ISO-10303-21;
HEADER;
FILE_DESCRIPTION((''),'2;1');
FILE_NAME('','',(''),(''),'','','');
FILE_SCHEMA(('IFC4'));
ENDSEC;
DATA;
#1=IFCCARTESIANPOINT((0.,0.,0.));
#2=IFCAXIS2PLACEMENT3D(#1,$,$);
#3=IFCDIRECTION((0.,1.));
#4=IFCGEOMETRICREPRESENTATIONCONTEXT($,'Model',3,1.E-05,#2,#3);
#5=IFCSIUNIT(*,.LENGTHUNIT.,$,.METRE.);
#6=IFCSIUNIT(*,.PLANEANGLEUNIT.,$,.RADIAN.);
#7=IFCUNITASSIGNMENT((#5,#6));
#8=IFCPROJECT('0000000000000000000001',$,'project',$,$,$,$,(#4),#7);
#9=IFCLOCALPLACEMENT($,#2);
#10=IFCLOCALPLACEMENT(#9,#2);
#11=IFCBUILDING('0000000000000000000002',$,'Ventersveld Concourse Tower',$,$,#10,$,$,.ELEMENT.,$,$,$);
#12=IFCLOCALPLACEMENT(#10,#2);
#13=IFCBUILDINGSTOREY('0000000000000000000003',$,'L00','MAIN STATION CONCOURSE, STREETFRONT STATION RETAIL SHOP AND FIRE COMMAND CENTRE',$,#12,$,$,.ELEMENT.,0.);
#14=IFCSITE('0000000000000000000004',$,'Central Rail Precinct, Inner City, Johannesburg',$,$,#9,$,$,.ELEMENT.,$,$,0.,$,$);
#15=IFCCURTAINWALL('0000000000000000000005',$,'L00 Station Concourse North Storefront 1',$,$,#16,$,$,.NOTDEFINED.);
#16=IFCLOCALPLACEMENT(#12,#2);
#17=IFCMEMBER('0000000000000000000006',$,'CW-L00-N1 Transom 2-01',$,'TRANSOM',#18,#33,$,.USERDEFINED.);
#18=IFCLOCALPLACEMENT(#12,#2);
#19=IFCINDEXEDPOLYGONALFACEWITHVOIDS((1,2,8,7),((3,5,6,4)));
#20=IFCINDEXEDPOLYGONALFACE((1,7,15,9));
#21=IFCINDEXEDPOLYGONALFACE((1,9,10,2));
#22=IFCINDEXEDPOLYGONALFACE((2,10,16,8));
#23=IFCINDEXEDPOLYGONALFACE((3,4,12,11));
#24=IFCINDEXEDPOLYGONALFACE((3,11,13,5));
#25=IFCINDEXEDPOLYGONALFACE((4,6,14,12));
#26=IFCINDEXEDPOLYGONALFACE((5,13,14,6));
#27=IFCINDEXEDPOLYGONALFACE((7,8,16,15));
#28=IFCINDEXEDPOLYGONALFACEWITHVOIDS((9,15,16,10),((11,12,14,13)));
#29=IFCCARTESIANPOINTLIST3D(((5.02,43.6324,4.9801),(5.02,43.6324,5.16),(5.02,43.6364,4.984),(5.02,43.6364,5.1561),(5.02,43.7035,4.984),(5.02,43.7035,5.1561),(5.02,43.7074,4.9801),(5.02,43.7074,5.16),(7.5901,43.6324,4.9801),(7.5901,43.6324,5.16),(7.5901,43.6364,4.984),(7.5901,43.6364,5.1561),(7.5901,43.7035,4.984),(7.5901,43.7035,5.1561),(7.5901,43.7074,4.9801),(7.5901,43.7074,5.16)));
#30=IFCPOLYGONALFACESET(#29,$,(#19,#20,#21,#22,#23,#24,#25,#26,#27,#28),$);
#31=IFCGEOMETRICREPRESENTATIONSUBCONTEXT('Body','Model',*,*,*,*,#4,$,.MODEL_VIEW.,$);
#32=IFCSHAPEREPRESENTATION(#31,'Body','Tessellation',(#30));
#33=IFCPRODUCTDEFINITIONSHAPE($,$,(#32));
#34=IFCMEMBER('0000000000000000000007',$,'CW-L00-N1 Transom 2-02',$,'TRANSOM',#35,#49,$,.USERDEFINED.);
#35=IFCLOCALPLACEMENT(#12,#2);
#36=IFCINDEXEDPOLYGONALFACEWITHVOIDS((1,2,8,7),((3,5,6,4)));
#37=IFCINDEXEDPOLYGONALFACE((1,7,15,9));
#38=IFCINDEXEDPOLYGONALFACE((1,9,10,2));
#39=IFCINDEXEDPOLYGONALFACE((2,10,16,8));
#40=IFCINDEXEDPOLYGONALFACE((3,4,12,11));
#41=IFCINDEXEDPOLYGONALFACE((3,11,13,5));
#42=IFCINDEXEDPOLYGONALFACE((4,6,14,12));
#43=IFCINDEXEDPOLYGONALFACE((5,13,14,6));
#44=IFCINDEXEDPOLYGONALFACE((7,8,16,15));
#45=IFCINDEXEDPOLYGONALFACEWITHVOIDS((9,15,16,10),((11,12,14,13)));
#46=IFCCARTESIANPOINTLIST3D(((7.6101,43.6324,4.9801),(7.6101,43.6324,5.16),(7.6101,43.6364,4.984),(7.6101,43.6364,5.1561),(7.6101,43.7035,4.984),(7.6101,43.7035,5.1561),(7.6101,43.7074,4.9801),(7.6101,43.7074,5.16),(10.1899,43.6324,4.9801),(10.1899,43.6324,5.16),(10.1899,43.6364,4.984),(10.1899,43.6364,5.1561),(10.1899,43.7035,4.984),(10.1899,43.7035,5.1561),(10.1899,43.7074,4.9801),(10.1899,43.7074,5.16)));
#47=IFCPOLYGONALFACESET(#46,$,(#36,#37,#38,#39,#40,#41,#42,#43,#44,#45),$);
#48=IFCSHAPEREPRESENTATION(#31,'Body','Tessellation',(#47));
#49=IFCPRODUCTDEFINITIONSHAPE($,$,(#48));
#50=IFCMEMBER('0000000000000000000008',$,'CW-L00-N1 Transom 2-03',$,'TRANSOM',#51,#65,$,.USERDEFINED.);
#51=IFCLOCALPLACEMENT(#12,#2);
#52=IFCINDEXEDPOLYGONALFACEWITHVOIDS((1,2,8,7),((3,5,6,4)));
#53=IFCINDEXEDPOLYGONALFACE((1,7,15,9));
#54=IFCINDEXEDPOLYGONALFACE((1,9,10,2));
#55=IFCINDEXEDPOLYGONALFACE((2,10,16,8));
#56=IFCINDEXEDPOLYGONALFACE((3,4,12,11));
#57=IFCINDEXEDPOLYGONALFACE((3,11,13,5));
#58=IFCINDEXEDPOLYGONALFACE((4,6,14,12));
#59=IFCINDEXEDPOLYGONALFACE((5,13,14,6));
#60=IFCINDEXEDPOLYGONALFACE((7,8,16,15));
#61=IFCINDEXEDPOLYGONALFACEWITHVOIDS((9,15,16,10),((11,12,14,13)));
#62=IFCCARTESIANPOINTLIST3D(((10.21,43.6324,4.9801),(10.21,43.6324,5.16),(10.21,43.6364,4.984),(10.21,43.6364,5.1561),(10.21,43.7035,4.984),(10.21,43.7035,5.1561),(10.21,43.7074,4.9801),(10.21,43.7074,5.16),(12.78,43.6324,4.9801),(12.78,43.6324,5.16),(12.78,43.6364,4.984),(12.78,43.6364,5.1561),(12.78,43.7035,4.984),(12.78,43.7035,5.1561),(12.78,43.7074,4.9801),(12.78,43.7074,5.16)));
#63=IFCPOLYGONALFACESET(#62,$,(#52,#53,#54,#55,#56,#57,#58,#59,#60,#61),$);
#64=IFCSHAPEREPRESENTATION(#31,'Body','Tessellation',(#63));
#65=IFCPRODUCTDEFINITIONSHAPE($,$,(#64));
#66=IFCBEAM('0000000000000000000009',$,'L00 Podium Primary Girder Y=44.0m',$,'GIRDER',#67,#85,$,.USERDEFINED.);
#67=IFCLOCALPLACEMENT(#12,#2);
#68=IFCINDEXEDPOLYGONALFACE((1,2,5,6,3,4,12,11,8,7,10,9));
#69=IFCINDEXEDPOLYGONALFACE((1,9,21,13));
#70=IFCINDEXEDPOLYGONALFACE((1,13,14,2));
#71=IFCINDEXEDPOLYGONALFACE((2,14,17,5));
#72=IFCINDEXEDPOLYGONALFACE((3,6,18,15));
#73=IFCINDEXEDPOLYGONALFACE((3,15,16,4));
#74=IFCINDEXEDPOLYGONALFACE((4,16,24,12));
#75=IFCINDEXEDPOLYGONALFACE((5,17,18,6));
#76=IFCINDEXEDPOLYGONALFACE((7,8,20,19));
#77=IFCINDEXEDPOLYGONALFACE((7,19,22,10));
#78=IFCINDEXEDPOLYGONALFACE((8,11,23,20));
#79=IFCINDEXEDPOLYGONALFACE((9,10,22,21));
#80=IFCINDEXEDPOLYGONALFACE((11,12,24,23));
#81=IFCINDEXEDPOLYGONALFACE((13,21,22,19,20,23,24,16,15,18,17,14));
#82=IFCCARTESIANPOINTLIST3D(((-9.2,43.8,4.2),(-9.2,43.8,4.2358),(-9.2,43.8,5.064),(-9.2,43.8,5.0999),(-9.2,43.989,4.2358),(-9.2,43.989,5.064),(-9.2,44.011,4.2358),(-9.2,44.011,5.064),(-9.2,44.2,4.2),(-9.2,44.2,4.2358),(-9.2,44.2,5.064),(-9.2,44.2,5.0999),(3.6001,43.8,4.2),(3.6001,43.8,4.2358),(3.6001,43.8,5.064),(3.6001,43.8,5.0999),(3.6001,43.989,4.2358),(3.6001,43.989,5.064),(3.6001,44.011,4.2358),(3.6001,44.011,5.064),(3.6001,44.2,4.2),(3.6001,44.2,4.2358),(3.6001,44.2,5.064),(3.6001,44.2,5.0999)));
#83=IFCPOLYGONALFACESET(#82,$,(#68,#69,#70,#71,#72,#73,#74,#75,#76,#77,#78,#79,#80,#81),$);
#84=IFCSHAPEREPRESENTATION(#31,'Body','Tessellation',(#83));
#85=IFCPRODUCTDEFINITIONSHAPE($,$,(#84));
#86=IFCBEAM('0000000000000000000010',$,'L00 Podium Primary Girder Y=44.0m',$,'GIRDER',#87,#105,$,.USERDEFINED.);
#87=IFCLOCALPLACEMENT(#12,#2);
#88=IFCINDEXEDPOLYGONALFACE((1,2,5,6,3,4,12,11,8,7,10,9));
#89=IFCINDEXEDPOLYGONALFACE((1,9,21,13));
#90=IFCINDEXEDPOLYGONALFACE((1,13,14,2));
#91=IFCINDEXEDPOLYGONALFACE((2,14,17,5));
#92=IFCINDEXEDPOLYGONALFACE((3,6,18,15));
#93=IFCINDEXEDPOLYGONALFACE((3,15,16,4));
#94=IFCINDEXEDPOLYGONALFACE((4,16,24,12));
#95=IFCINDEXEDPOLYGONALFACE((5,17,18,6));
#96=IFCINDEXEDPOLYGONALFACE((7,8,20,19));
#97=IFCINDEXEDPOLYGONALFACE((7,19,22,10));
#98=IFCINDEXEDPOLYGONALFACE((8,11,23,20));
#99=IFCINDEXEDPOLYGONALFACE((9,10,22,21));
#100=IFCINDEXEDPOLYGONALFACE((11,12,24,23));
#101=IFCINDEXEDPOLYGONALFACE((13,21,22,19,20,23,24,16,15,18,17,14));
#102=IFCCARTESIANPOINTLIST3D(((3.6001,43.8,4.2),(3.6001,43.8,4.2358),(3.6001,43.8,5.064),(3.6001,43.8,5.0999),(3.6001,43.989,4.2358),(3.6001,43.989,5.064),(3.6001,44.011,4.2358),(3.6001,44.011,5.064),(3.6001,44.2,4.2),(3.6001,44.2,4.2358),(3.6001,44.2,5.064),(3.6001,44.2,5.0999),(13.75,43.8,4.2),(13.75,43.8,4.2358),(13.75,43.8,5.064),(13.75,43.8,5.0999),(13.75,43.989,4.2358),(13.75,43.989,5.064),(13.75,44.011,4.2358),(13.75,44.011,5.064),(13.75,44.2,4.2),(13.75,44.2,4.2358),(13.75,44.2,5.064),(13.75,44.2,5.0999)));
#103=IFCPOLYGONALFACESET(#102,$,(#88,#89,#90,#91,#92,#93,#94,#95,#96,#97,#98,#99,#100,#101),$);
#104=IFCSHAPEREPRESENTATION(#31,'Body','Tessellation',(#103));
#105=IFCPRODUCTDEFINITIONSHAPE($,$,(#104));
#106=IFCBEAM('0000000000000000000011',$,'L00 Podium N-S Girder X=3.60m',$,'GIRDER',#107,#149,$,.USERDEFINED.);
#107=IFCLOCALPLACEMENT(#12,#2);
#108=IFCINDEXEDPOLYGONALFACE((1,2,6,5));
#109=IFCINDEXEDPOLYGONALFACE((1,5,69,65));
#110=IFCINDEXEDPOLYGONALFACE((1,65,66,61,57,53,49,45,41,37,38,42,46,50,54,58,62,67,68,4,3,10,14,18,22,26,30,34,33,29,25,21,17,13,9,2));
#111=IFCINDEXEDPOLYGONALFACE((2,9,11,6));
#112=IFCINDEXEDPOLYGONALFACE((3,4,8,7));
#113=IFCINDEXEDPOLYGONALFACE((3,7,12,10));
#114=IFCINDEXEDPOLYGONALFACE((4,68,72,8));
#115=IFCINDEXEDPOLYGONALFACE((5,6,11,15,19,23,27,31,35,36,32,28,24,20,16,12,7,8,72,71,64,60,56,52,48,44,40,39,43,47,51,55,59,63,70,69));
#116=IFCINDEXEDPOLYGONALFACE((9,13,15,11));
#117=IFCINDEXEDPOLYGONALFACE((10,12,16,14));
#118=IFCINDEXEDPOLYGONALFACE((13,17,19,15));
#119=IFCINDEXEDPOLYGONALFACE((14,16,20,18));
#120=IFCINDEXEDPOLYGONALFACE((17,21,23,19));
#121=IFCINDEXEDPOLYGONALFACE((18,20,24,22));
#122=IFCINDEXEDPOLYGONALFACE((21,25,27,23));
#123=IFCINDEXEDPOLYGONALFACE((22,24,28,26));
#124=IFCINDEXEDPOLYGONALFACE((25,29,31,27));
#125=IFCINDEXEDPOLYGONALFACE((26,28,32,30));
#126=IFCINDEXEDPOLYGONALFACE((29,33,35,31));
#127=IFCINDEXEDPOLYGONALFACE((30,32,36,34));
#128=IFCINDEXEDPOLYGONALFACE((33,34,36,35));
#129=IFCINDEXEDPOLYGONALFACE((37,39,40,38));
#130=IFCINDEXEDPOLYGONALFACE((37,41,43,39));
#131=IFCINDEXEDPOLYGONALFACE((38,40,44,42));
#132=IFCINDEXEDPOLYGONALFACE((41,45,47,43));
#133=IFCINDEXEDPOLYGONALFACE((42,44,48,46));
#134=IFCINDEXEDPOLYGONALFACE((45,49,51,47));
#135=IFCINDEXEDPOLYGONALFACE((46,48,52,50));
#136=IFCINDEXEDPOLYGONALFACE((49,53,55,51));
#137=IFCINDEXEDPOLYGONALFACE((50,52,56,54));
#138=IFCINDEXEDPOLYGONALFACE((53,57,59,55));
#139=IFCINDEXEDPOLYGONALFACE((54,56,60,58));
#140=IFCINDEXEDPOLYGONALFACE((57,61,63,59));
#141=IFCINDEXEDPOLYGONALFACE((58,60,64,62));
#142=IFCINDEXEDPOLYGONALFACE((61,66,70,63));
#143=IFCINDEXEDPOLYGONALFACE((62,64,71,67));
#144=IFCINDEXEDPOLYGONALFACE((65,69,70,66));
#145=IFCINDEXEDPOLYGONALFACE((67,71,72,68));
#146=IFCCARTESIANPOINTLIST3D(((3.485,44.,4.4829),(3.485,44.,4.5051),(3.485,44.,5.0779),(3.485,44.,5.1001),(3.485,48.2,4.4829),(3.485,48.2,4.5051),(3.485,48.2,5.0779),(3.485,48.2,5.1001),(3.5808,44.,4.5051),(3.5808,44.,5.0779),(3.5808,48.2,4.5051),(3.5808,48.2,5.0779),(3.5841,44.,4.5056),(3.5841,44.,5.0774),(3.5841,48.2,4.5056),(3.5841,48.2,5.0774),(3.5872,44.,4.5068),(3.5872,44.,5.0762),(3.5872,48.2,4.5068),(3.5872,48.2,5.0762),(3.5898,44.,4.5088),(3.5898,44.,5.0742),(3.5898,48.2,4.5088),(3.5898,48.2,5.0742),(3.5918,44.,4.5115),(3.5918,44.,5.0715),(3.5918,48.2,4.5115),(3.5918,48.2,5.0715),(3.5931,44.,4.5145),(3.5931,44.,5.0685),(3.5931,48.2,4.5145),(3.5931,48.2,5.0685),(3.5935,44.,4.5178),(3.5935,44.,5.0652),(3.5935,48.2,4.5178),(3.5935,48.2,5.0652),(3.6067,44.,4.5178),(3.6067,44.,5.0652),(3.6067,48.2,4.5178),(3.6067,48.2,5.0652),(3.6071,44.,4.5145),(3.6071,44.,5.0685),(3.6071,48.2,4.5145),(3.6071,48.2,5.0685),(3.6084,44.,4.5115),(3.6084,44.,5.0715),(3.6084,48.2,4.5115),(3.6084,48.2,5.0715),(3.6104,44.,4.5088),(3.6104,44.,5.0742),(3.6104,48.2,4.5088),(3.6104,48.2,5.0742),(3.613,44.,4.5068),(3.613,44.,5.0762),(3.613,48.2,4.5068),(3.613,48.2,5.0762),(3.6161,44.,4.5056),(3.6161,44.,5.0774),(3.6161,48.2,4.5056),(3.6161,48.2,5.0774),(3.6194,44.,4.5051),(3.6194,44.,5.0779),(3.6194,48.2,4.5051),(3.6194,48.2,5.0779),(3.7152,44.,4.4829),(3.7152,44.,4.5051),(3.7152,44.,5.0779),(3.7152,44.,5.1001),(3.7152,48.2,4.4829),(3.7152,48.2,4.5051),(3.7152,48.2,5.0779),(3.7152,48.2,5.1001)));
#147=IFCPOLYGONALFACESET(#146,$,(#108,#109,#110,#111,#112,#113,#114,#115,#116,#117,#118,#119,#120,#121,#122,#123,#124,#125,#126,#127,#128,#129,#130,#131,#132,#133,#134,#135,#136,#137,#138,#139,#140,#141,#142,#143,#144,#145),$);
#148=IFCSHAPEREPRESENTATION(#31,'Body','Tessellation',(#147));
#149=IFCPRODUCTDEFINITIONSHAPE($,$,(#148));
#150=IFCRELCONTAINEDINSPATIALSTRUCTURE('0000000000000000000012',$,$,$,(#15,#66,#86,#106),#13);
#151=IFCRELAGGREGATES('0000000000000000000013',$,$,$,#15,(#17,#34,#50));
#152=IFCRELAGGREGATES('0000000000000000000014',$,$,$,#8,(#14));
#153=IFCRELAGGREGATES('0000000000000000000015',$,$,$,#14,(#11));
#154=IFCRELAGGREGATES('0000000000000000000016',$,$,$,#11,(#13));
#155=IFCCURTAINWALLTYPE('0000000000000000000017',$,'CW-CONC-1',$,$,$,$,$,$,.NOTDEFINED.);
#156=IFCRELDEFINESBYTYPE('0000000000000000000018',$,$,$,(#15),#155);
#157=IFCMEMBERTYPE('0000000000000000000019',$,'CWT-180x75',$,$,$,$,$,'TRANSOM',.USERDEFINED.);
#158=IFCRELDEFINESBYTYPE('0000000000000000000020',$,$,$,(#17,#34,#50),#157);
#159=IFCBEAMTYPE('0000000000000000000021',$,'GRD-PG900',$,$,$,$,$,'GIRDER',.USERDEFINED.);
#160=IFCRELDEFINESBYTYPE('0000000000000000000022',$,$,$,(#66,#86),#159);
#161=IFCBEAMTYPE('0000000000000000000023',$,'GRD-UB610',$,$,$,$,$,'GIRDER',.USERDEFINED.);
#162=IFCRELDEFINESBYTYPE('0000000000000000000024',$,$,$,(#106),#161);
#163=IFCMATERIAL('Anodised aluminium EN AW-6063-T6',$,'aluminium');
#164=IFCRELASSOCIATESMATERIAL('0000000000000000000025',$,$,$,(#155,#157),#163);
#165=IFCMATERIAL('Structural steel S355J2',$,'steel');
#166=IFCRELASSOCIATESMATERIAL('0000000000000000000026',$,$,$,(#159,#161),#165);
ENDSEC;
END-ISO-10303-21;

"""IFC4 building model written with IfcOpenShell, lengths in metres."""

from ifc_helpers import new_model, si_unit, direction, frame, origin, origin_2d, place, context, subcontext, project, spatial, hollow_rectangle, i_section, extrude, material, material_profile, profile_set, type_object, element, aggregate, save


model = new_model("IFC4")

# Units and contexts
model_context = context("Model", 3, precision=1e-05, world=origin(), true_north=direction((0.0, 1.0)))
body_context = subcontext(model_context, "Body", "Model", "MODEL_VIEW")
ifc_project = project(units=[si_unit("LENGTHUNIT", "METRE"), si_unit("PLANEANGLEUNIT", "RADIAN")], contexts=[model_context])

# Site, building, storey
site_placement = place(None, origin())
site = spatial("IfcSite", under=ifc_project, at=site_placement, Name="Central Rail Precinct, Inner City, Johannesburg", CompositionType="ELEMENT", RefElevation=0.0)
building_placement = place(site_placement, origin())
building = spatial("IfcBuilding", under=site, at=building_placement, Name="Ventersveld Concourse Tower", CompositionType="ELEMENT")
storey_placement = place(building_placement, origin())
storey = spatial("IfcBuildingStorey", under=building, at=storey_placement, Name="L00", Description="MAIN STATION CONCOURSE, STREETFRONT STATION RETAIL SHOP AND FIRE COMMAND CENTRE", CompositionType="ELEMENT", Elevation=0.0)

# Curtain wall, members
ifc_material_1 = material(Name="Anodised aluminium EN AW-6063-T6", Category="aluminium")
curtain_wall_type = type_object("IfcCurtainWallType", Name="CW-CONC-1", PredefinedType="NOTDEFINED", material=ifc_material_1)
curtain_wall_placement = place(storey_placement, origin())
curtain_wall = element("IfcCurtainWall", 1, at=curtain_wall_placement, inside=storey, type_object=curtain_wall_type, Name="L00 Station Concourse North Storefront 1", PredefinedType="NOTDEFINED")
ifc_material_profile_1 = material_profile(ifc_material_1, hollow_rectangle(XDim=0.075, YDim=0.1799, WallThickness=0.0039, at=origin_2d()), Name="ALU 180x75x4")
ifc_profile_set_1 = profile_set([ifc_material_profile_1], Name="Anodised aluminium EN AW-6063-T6")
member_type_1 = type_object("IfcMemberType", Name="CWT-180x75", ElementType="TRANSOM", PredefinedType="USERDEFINED", material=ifc_profile_set_1)
member_1_placement = place(storey_placement, frame((5.02, 43.6699, 5.0701), z_axis=(1.0, 0.0, 0.0), x_axis=(0.0, 1.0, 0.0)))
member_1 = element("IfcMember", 2, at=member_1_placement, type_object=member_type_1, Name="CW-L00-N1 Transom 2-01", ObjectType="TRANSOM", PredefinedType="USERDEFINED", context=body_context, shape_type="SweptSolid", body=[
    extrude(hollow_rectangle(XDim=0.075, YDim=0.1799, WallThickness=0.0039, at=origin_2d()), origin(), (0.0, 0.0, 1.0), 2.5701),
])
member_2_placement = place(storey_placement, frame((7.6101, 43.6699, 5.0701), z_axis=(1.0, 0.0, 0.0), x_axis=(0.0, 1.0, 0.0)))
member_2 = element("IfcMember", 3, at=member_2_placement, type_object=member_type_1, Name="CW-L00-N1 Transom 2-02", ObjectType="TRANSOM", PredefinedType="USERDEFINED", context=body_context, shape_type="SweptSolid", body=[
    extrude(hollow_rectangle(XDim=0.075, YDim=0.1799, WallThickness=0.0039, at=origin_2d()), origin(), (0.0, 0.0, 1.0), 2.5798),
])
member_3_placement = place(storey_placement, frame((10.21, 43.6699, 5.0701), z_axis=(1.0, 0.0, 0.0), x_axis=(0.0, 1.0, 0.0)))
member_3 = element("IfcMember", 4, at=member_3_placement, type_object=member_type_1, Name="CW-L00-N1 Transom 2-03", ObjectType="TRANSOM", PredefinedType="USERDEFINED", context=body_context, shape_type="SweptSolid", body=[
    extrude(hollow_rectangle(XDim=0.075, YDim=0.1799, WallThickness=0.0039, at=origin_2d()), origin(), (0.0, 0.0, 1.0), 2.5701),
])

# Beams
ifc_material_2 = material(Name="Structural steel S355J2", Category="steel")
ifc_material_profile_2 = material_profile(ifc_material_2, i_section(OverallWidth=0.3999, OverallDepth=0.8999, WebThickness=0.022, FlangeThickness=0.0359, at=origin_2d()), Name="PG 900x400x36")
ifc_profile_set_2 = profile_set([ifc_material_profile_2], Name="Structural steel S355J2")
beam_type_1 = type_object("IfcBeamType", Name="GRD-PG900", ElementType="GIRDER", PredefinedType="USERDEFINED", material=ifc_profile_set_2)
beam_1_placement = place(storey_placement, frame((-9.2, 44.0, 4.6499), z_axis=(1.0, 0.0, 0.0), x_axis=(0.0, 1.0, 0.0)))
element("IfcBeam", 5, at=beam_1_placement, inside=storey, type_object=beam_type_1, Name="L00 Podium Primary Girder Y=44.0m", ObjectType="GIRDER", PredefinedType="USERDEFINED", context=body_context, shape_type="SweptSolid", body=[
    extrude(i_section(OverallWidth=0.3999, OverallDepth=0.8999, WebThickness=0.022, FlangeThickness=0.0359, at=origin_2d()), origin(), (0.0, 0.0, 1.0), 12.8),
])
beam_2_placement = place(storey_placement, frame((3.6001, 44.0, 4.6499), z_axis=(1.0, 0.0, 0.0), x_axis=(0.0, 1.0, 0.0)))
element("IfcBeam", 6, at=beam_2_placement, inside=storey, type_object=beam_type_1, Name="L00 Podium Primary Girder Y=44.0m", ObjectType="GIRDER", PredefinedType="USERDEFINED", context=body_context, shape_type="SweptSolid", body=[
    extrude(i_section(OverallWidth=0.3999, OverallDepth=0.8999, WebThickness=0.022, FlangeThickness=0.0359, at=origin_2d()), origin(), (0.0, 0.0, 1.0), 10.1499),
])
ifc_material_profile_3 = material_profile(ifc_material_2, i_section(OverallWidth=0.2302, OverallDepth=0.6172, WebThickness=0.0132, FlangeThickness=0.0222, FilletRadius=0.0127, at=origin_2d()), Name="UB 610x229x140")
ifc_profile_set_3 = profile_set([ifc_material_profile_3], Name="Structural steel S355J2")
beam_type_2 = type_object("IfcBeamType", Name="GRD-UB610", ElementType="GIRDER", PredefinedType="USERDEFINED", material=ifc_profile_set_3)
beam_3_placement = place(storey_placement, frame((3.6001, 44.0, 4.7915), z_axis=(0.0, 1.0, 0.0), x_axis=(-1.0, 0.0, 0.0)))
element("IfcBeam", 7, at=beam_3_placement, inside=storey, type_object=beam_type_2, Name="L00 Podium N-S Girder X=3.60m", ObjectType="GIRDER", PredefinedType="USERDEFINED", context=body_context, shape_type="SweptSolid", body=[
    extrude(i_section(OverallWidth=0.2302, OverallDepth=0.6172, WebThickness=0.0132, FlangeThickness=0.0222, FilletRadius=0.0127, at=origin_2d()), origin(), (0.0, 0.0, 1.0), 4.2),
])

aggregate(curtain_wall, [member_1, member_2, member_3])

save(model, "model.ifc")
